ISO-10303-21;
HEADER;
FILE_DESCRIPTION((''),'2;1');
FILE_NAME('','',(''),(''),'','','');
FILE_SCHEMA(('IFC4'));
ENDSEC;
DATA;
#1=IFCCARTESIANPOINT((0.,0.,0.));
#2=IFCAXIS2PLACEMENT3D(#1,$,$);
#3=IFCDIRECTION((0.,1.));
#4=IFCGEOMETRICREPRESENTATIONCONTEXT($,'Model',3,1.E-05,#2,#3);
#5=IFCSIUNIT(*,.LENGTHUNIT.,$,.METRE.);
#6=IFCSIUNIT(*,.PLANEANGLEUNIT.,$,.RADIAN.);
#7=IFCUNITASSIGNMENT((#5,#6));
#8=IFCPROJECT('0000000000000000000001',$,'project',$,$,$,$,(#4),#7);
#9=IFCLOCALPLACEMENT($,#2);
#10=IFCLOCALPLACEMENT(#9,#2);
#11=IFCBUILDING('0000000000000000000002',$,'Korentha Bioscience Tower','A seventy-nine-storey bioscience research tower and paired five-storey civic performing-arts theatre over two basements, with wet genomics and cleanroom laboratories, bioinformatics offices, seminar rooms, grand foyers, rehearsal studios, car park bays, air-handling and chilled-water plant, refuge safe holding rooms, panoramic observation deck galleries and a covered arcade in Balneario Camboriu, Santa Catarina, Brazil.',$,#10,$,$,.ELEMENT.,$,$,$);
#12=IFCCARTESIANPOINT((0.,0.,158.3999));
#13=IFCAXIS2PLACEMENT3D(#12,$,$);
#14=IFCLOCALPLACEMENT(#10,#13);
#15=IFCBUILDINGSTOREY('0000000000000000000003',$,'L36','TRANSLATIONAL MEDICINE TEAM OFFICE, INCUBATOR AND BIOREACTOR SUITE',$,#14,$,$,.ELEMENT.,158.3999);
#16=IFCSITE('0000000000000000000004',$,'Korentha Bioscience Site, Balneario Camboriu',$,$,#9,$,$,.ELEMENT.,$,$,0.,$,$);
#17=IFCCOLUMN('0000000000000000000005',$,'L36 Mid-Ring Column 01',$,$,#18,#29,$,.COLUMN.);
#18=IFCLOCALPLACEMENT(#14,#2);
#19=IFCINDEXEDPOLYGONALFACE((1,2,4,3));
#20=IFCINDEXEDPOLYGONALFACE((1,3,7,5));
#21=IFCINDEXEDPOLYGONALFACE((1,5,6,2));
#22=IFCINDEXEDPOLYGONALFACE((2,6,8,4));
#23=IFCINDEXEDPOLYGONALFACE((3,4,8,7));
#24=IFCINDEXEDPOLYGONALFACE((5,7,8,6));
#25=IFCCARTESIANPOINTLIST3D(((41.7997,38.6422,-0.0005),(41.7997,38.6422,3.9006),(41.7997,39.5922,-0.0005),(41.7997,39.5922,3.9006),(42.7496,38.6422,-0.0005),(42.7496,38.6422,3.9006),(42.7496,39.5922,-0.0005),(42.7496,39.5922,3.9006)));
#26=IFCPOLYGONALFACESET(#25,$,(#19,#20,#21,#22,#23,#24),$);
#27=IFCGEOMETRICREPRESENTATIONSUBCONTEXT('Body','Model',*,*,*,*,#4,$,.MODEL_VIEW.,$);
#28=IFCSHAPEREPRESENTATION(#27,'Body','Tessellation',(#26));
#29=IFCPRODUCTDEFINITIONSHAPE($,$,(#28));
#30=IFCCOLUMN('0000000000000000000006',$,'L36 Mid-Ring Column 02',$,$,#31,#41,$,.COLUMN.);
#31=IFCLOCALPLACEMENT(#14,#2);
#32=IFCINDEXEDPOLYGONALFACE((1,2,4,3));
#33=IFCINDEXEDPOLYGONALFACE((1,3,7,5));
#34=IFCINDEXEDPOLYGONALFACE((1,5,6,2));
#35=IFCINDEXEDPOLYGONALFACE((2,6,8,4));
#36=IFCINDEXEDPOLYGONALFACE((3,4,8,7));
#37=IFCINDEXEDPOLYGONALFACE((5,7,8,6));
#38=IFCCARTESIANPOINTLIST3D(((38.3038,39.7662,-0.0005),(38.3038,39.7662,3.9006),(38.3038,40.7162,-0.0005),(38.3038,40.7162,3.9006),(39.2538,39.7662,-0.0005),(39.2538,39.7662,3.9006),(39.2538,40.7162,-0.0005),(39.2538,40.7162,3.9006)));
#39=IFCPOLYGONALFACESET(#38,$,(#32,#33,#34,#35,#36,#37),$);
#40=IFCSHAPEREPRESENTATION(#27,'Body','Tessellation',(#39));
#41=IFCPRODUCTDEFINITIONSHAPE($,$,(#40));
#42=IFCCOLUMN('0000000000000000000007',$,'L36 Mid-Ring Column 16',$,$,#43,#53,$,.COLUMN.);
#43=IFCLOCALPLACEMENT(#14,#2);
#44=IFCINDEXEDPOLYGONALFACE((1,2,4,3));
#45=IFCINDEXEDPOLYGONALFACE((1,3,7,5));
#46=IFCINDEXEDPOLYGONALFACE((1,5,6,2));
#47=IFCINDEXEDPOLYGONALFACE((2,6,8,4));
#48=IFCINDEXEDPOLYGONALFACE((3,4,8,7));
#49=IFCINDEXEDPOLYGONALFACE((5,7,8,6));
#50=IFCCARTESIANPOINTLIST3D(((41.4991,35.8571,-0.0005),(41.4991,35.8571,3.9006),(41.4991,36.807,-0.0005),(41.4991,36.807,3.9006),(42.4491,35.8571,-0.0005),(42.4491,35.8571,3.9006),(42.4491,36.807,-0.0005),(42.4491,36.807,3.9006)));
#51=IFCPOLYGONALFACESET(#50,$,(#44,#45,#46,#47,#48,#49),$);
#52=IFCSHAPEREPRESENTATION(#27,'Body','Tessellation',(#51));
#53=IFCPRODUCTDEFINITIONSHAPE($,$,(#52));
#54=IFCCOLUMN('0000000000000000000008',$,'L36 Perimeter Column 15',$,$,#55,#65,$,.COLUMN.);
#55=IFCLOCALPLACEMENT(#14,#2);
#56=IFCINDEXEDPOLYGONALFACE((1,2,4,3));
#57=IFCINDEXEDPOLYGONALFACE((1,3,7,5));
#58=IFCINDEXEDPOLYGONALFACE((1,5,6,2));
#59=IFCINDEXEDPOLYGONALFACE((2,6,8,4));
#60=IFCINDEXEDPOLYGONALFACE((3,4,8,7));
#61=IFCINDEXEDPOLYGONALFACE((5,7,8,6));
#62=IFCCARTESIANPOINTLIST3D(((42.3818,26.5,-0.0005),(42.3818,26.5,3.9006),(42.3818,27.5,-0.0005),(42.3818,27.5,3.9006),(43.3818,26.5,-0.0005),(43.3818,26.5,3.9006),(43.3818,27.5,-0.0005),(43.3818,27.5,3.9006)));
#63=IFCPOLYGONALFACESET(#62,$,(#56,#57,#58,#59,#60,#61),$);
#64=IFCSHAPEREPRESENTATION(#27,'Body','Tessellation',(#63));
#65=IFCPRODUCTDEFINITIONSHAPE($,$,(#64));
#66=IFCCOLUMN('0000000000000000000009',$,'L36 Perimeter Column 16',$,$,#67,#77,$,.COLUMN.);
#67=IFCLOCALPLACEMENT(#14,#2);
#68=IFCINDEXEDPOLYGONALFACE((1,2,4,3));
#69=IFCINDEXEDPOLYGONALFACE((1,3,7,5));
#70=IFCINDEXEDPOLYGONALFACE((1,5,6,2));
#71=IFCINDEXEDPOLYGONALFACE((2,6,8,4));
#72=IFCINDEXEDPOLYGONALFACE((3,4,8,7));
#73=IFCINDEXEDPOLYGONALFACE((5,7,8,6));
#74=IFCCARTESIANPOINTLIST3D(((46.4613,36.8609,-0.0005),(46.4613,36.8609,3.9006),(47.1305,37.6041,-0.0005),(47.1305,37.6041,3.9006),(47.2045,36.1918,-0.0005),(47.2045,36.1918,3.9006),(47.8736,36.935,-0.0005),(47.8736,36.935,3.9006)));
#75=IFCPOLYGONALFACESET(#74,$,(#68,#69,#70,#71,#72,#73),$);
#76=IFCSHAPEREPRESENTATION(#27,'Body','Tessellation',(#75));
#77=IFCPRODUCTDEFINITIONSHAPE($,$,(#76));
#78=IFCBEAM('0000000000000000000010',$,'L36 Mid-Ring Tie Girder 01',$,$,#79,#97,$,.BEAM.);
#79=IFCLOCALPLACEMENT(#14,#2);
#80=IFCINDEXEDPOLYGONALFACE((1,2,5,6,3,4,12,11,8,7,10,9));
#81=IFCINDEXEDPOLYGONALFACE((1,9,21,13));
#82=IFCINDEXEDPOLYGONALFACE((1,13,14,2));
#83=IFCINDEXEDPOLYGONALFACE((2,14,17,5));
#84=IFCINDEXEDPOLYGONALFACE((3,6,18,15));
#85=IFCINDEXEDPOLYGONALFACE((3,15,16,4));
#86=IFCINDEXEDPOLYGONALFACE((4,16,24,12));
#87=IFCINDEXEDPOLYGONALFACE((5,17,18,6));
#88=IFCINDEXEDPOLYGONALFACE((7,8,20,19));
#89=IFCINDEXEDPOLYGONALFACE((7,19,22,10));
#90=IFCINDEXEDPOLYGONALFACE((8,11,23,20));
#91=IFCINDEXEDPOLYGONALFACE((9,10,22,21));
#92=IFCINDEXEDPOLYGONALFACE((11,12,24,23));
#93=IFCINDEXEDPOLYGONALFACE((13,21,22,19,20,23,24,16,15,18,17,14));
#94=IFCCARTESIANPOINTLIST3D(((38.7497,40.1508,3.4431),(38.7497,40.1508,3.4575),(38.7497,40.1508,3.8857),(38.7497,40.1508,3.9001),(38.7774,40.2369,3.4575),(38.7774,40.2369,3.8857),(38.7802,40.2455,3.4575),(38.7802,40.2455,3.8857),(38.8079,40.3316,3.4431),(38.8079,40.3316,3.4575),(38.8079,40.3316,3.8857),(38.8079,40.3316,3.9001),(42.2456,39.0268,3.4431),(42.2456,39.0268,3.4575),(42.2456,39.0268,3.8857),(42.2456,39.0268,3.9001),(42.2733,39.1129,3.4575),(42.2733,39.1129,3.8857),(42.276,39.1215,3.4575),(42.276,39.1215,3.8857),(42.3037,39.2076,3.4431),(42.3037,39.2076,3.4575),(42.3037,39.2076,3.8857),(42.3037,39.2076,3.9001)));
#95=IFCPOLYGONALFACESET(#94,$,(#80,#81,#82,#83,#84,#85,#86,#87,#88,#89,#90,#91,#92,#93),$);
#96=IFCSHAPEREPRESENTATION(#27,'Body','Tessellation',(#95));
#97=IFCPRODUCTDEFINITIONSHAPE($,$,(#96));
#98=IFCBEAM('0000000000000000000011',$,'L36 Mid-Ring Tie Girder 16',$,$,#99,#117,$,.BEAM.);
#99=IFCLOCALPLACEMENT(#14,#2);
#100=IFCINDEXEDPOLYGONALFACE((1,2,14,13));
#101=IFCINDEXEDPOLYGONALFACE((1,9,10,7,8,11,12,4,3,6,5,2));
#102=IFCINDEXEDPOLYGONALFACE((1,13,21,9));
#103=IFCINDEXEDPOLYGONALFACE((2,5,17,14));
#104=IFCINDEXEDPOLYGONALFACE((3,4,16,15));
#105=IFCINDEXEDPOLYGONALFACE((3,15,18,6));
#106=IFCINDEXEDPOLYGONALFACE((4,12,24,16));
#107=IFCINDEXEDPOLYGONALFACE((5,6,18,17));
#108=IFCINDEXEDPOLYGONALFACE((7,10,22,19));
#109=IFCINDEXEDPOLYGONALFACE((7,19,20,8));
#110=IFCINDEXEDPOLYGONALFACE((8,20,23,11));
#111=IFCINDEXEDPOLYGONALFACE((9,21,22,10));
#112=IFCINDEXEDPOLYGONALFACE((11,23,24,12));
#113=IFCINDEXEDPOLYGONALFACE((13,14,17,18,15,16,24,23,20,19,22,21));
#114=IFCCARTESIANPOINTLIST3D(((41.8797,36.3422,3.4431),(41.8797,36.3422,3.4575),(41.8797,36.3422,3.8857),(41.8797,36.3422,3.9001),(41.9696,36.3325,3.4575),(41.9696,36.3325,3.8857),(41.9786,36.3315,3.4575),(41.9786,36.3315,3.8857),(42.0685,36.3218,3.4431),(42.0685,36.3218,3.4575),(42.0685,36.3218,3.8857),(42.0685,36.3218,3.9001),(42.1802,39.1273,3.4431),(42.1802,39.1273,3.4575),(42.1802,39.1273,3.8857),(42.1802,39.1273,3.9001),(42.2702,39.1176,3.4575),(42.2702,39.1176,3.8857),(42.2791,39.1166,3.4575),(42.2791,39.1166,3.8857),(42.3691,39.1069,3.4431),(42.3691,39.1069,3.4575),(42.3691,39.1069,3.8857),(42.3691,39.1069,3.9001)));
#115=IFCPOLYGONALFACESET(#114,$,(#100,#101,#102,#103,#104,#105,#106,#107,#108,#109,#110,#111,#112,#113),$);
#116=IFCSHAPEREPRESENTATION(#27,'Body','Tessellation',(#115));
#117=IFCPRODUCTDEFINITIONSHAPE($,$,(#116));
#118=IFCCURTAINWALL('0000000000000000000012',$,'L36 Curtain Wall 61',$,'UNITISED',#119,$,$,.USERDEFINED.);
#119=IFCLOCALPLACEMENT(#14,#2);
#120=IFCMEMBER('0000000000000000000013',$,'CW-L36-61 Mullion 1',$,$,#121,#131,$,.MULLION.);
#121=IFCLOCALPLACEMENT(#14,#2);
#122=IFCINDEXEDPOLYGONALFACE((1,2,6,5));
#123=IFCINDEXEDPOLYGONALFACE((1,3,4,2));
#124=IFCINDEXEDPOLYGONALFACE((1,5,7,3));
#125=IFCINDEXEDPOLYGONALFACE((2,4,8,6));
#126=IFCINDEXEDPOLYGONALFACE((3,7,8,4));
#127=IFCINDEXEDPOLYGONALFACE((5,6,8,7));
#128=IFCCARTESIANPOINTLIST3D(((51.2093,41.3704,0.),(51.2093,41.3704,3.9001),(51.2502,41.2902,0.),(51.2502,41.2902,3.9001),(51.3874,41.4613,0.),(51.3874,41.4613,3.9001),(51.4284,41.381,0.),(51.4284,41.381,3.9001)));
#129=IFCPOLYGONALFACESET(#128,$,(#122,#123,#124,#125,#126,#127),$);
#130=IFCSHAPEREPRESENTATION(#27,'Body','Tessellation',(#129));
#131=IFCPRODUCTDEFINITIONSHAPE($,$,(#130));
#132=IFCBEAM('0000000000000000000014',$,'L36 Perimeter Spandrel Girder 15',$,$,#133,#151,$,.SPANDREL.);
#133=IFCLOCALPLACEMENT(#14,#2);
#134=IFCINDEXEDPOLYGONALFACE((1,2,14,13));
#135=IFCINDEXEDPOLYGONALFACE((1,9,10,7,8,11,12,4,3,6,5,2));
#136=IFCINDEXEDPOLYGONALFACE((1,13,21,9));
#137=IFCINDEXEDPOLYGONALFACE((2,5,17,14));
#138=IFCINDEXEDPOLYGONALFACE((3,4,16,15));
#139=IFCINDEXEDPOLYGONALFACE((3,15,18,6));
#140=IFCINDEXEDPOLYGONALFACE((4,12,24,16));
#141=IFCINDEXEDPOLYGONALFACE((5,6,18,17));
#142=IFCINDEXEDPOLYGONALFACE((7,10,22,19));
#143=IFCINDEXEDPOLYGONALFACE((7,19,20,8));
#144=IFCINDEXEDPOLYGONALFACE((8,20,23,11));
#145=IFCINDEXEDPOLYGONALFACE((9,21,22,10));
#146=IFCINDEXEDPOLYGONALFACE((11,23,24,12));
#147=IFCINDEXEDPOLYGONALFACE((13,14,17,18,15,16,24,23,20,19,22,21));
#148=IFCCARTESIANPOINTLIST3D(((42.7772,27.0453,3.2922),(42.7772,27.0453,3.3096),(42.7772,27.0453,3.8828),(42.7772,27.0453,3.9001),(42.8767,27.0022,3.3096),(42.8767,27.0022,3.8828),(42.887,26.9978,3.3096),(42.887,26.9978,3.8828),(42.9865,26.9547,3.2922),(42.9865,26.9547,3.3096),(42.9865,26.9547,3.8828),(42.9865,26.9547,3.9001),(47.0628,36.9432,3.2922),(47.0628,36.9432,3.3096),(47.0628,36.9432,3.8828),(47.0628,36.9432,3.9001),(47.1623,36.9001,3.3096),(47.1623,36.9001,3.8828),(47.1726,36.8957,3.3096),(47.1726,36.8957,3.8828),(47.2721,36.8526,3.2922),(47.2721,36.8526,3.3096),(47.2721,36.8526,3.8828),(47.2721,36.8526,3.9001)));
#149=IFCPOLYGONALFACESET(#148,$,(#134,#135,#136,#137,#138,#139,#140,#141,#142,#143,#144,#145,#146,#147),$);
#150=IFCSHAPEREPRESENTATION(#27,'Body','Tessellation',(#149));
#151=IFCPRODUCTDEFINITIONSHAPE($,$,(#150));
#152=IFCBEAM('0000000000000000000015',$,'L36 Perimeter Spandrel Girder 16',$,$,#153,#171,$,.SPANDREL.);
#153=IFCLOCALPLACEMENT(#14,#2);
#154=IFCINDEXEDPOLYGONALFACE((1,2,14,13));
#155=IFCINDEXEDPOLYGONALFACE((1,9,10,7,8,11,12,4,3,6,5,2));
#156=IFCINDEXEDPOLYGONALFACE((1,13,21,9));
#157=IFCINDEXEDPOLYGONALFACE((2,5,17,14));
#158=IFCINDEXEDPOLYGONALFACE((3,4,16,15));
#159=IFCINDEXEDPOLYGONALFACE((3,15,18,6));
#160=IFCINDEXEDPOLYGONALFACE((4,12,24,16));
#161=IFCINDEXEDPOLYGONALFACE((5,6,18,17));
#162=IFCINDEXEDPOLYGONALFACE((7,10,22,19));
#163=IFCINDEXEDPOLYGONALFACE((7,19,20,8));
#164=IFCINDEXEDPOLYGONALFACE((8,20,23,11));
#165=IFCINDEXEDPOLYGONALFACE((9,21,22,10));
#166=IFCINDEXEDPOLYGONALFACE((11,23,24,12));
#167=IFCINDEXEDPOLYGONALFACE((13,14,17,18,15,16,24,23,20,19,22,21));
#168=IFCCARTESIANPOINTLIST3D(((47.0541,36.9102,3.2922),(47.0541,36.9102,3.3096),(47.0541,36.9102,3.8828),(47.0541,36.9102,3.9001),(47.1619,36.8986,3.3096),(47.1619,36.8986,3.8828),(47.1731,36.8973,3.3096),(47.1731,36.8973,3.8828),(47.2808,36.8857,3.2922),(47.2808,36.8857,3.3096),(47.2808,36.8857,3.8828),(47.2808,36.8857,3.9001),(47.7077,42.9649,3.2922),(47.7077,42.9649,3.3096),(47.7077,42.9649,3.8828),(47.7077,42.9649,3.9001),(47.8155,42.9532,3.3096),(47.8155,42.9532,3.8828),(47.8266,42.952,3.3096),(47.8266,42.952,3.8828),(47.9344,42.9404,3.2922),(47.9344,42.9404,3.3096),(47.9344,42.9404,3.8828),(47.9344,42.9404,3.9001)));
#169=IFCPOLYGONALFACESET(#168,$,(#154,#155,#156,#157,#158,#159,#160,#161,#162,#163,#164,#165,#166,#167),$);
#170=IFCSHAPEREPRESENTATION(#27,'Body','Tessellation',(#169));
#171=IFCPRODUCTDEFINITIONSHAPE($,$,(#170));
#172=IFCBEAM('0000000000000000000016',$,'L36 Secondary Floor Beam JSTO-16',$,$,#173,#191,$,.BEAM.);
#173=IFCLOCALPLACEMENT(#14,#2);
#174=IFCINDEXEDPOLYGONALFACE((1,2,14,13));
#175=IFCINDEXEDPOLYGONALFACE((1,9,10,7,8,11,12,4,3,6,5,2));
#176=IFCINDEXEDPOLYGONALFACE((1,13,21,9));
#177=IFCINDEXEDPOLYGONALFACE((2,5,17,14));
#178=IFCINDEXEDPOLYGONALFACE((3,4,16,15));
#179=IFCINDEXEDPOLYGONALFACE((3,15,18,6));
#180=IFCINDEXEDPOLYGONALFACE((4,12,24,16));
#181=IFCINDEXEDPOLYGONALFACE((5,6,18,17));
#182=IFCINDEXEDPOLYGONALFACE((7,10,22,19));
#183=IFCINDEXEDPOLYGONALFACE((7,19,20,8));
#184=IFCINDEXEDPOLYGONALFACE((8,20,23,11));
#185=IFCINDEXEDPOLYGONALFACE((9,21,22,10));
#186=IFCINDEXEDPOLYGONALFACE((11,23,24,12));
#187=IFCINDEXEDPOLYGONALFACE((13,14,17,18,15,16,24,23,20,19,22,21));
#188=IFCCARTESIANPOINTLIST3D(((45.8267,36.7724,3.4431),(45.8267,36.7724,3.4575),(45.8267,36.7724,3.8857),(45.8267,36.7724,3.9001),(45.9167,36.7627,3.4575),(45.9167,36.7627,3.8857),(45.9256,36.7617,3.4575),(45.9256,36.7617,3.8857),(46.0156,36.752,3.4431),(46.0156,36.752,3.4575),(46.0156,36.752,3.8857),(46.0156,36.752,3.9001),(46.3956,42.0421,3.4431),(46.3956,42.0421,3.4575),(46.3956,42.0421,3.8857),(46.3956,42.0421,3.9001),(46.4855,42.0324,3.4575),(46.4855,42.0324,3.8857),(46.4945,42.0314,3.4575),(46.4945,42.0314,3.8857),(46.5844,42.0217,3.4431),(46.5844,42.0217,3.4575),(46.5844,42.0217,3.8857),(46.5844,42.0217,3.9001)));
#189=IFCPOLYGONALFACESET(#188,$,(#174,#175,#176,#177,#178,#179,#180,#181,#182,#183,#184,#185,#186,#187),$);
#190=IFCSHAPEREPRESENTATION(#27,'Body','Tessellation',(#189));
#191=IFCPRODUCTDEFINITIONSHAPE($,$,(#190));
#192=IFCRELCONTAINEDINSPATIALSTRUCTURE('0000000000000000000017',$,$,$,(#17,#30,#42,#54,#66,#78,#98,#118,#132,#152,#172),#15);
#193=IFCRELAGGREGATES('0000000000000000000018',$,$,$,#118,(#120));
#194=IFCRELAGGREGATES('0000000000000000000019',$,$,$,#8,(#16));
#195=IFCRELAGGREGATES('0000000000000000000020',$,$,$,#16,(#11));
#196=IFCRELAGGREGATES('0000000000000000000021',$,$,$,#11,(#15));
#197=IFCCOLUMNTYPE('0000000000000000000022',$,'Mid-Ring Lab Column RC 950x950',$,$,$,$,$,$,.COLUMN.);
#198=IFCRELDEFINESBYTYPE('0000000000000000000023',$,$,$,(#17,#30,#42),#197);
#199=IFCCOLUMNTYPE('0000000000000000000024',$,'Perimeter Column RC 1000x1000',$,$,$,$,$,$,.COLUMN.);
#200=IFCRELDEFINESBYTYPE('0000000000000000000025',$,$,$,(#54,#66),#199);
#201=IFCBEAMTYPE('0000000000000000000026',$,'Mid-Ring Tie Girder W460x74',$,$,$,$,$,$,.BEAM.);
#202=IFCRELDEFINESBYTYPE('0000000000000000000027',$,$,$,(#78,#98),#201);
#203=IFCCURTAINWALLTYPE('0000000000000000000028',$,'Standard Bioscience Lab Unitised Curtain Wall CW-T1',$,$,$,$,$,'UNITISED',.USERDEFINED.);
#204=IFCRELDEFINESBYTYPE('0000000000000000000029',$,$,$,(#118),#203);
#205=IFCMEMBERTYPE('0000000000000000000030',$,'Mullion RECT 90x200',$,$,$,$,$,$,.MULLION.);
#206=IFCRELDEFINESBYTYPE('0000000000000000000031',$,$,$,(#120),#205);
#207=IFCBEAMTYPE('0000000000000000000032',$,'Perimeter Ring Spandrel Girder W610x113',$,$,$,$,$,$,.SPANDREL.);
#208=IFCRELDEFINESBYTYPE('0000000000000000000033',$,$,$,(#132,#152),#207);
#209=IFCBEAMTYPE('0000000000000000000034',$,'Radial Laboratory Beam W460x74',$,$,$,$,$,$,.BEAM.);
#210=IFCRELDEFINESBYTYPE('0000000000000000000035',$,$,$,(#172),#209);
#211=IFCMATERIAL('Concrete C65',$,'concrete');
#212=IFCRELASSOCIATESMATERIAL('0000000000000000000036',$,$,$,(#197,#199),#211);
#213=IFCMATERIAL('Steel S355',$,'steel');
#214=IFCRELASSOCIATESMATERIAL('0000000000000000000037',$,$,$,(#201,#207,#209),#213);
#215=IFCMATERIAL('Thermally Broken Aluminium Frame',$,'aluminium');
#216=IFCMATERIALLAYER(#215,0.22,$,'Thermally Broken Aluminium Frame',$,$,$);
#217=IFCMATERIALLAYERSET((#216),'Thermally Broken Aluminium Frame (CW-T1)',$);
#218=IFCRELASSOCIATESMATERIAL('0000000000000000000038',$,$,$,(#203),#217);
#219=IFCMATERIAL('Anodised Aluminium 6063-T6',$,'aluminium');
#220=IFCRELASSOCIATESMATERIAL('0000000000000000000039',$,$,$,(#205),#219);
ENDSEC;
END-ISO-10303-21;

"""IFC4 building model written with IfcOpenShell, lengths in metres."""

from ifc_helpers import new_model, si_unit, direction, frame, origin, origin_2d, place, context, subcontext, project, spatial, rectangle, i_section, extrude, material, layer, layer_set, material_profile, profile_set, type_object, element, aggregate, save


model = new_model("IFC4")

# Units and contexts
model_context = context("Model", 3, precision=1e-05, world=origin(), true_north=direction((0.0, 1.0)))
body_context = subcontext(model_context, "Body", "Model", "MODEL_VIEW")
ifc_project = project(units=[si_unit("LENGTHUNIT", "METRE"), si_unit("PLANEANGLEUNIT", "RADIAN")], contexts=[model_context])

# Site, building, storey
site_placement = place(None, origin())
site = spatial("IfcSite", under=ifc_project, at=site_placement, Name="Korentha Bioscience Site, Balneario Camboriu", CompositionType="ELEMENT", RefElevation=0.0)
building_placement = place(site_placement, origin())
building = spatial("IfcBuilding", under=site, at=building_placement, Name="Korentha Bioscience Tower", Description="A seventy-nine-storey bioscience research tower and paired five-storey civic performing-arts theatre over two basements, with wet genomics and cleanroom laboratories, bioinformatics offices, seminar rooms, grand foyers, rehearsal studios, car park bays, air-handling and chilled-water plant, refuge safe holding rooms, panoramic observation deck galleries and a covered arcade in Balneario Camboriu, Santa Catarina, Brazil.", CompositionType="ELEMENT")
storey_placement = place(building_placement, frame((0.0, 0.0, 158.3999)))
storey = spatial("IfcBuildingStorey", under=building, at=storey_placement, Name="L36", Description="TRANSLATIONAL MEDICINE TEAM OFFICE, INCUBATOR AND BIOREACTOR SUITE", CompositionType="ELEMENT", Elevation=158.3999)

# Columns
ifc_material_1 = material(Name="Concrete C65", Category="concrete")
ifc_material_profile_1 = material_profile(ifc_material_1, rectangle(XDim=0.95, YDim=0.95, at=origin_2d()), Name="Concrete C65")
ifc_profile_set_1 = profile_set([ifc_material_profile_1], Name="Concrete C65 (COL-MR09)")
column_type_1 = type_object("IfcColumnType", Name="Mid-Ring Lab Column RC 950x950", PredefinedType="COLUMN", material=ifc_profile_set_1)
for number, where, z_axis, x_axis, name in (
    (1, (42.2747, 39.1172, -0.0005), (0.0, 0.0, 1.0), (1.0, 0.0, 0.0), "L36 Mid-Ring Column 01"),
    (2, (38.7788, 40.2412, -0.0005), (0.0, 0.0, 1.0), (1.0, 0.0, 0.0), "L36 Mid-Ring Column 02"),
    (3, (41.9741, 36.332, -0.0005), (0.0, 0.0, 1.0), (1.0, 0.0, 0.0), "L36 Mid-Ring Column 16"),
):
    element("IfcColumn", number, at=place(storey_placement, frame(where, z_axis=z_axis, x_axis=x_axis)), inside=storey, type_object=column_type_1, Name=name, PredefinedType="COLUMN", context=body_context, shape_type="SweptSolid", body=[
        extrude(rectangle(XDim=0.95, YDim=0.95, at=origin_2d()), origin(), (0.0, 0.0, 1.0), 3.9011),
    ])
ifc_material_profile_2 = material_profile(ifc_material_1, rectangle(XDim=1.0, YDim=1.0, at=origin_2d()), Name="Concrete C65")
ifc_profile_set_2 = profile_set([ifc_material_profile_2], Name="Concrete C65 (COL-P10)")
column_type_2 = type_object("IfcColumnType", Name="Perimeter Column RC 1000x1000", PredefinedType="COLUMN", material=ifc_profile_set_2)
for number, where, z_axis, x_axis, name in (
    (4, (42.8818, 27.0, -0.0005), (0.0, 0.0, 1.0), (0.0, 1.0, 0.0), "L36 Perimeter Column 15"),
    (5, (47.1675, 36.8979, -0.0005), (0.0, 0.0, 1.0), (0.669131, 0.743145, 0.0), "L36 Perimeter Column 16"),
):
    element("IfcColumn", number, at=place(storey_placement, frame(where, z_axis=z_axis, x_axis=x_axis)), inside=storey, type_object=column_type_2, Name=name, PredefinedType="COLUMN", context=body_context, shape_type="SweptSolid", body=[
        extrude(rectangle(XDim=1.0, YDim=1.0, at=origin_2d()), origin(), (0.0, 0.0, 1.0), 3.9011),
    ])

# Beams
ifc_material_2 = material(Name="Steel S355", Category="steel")
ifc_material_profile_3 = material_profile(ifc_material_2, i_section(OverallWidth=0.1899, OverallDepth=0.457, WebThickness=0.009, FlangeThickness=0.0144, at=origin_2d()), Name="Steel S355")
ifc_profile_set_3 = profile_set([ifc_material_profile_3], Name="Steel S355 (MB-460)")
beam_type_1 = type_object("IfcBeamType", Name="Mid-Ring Tie Girder W460x74", PredefinedType="BEAM", material=ifc_profile_set_3)
beam_1_placement = place(storey_placement, frame((42.2747, 39.1172, 3.6716), z_axis=(-0.952, 0.306097, 0.0), x_axis=(-0.306097, -0.952, 0.0)))
element("IfcBeam", 6, at=beam_1_placement, inside=storey, type_object=beam_type_1, Name="L36 Mid-Ring Tie Girder 01", PredefinedType="BEAM", context=body_context, shape_type="SweptSolid", body=[
    extrude(i_section(OverallWidth=0.1899, OverallDepth=0.457, WebThickness=0.009, FlangeThickness=0.0144, at=origin_2d()), origin(), (0.0, 0.0, 1.0), 3.6721),
])
beam_2_placement = place(storey_placement, frame((41.9741, 36.332, 3.6716), z_axis=(0.107284, 0.994228, 0.0), x_axis=(-0.994228, 0.107284, 0.0)))
element("IfcBeam", 7, at=beam_2_placement, inside=storey, type_object=beam_type_1, Name="L36 Mid-Ring Tie Girder 16", PredefinedType="BEAM", context=body_context, shape_type="SweptSolid", body=[
    extrude(i_section(OverallWidth=0.1899, OverallDepth=0.457, WebThickness=0.009, FlangeThickness=0.0144, at=origin_2d()), origin(), (0.0, 0.0, 1.0), 2.8013),
])

# Curtain wall, member
ifc_material_3 = material(Name="Thermally Broken Aluminium Frame", Category="aluminium")
ifc_layer_1 = layer(ifc_material_3, 0.22, Name="Thermally Broken Aluminium Frame")
ifc_layer_set_1 = layer_set([ifc_layer_1], Name="Thermally Broken Aluminium Frame (CW-T1)")
curtain_wall_type = type_object("IfcCurtainWallType", Name="Standard Bioscience Lab Unitised Curtain Wall CW-T1", ElementType="UNITISED", PredefinedType="USERDEFINED", material=ifc_layer_set_1)
curtain_wall_placement = place(storey_placement, origin())
curtain_wall = element("IfcCurtainWall", 8, at=curtain_wall_placement, inside=storey, type_object=curtain_wall_type, Name="L36 Curtain Wall 61", ObjectType="UNITISED", PredefinedType="USERDEFINED")
ifc_material_4 = material(Name="Anodised Aluminium 6063-T6", Category="aluminium")
ifc_material_profile_4 = material_profile(ifc_material_4, rectangle(XDim=0.0901, YDim=0.2, at=origin_2d()), Name="Anodised Aluminium 6063-T6")
ifc_profile_set_4 = profile_set([ifc_material_profile_4], Name="Anodised Aluminium 6063-T6 (CW-MUL)")
member_type_1 = type_object("IfcMemberType", Name="Mullion RECT 90x200", PredefinedType="MULLION", material=ifc_profile_set_4)
member_1_placement = place(storey_placement, frame((51.3188, 41.3757, 0.0), z_axis=(0.0, 0.0, 1.0), x_axis=(-0.454288, 0.890855, 0.0)))
member_1 = element("IfcMember", 9, at=member_1_placement, type_object=member_type_1, Name="CW-L36-61 Mullion 1", PredefinedType="MULLION", context=body_context, shape_type="SweptSolid", body=[
    extrude(rectangle(XDim=0.0901, YDim=0.2, at=origin_2d()), origin(), (0.0, 0.0, 1.0), 3.9001),
])

# Beams
ifc_material_profile_5 = material_profile(ifc_material_2, i_section(OverallWidth=0.228, OverallDepth=0.6079, WebThickness=0.0112, FlangeThickness=0.0173, at=origin_2d()), Name="Steel S355")
ifc_profile_set_5 = profile_set([ifc_material_profile_5], Name="Steel S355 (SB-610)")
beam_type_2 = type_object("IfcBeamType", Name="Perimeter Ring Spandrel Girder W610x113", PredefinedType="SPANDREL", material=ifc_profile_set_5)
beam_3_placement = place(storey_placement, frame((42.8818, 27.0, 3.5962), z_axis=(0.397337, 0.917673, 0.0), x_axis=(-0.917673, 0.397337, 0.0)))
element("IfcBeam", 10, at=beam_3_placement, inside=storey, type_object=beam_type_2, Name="L36 Perimeter Spandrel Girder 15", PredefinedType="SPANDREL", context=body_context, shape_type="SweptSolid", body=[
    extrude(i_section(OverallWidth=0.228, OverallDepth=0.6079, WebThickness=0.0112, FlangeThickness=0.0173, at=origin_2d()), origin(), (0.0, 0.0, 1.0), 10.7859),
])
beam_4_placement = place(storey_placement, frame((47.1675, 36.8979, 3.5962), z_axis=(0.10732, 0.994225, 0.0), x_axis=(-0.994225, 0.10732, 0.0)))
element("IfcBeam", 11, at=beam_4_placement, inside=storey, type_object=beam_type_2, Name="L36 Perimeter Spandrel Girder 16", PredefinedType="SPANDREL", context=body_context, shape_type="SweptSolid", body=[
    extrude(i_section(OverallWidth=0.228, OverallDepth=0.6079, WebThickness=0.0112, FlangeThickness=0.0173, at=origin_2d()), origin(), (0.0, 0.0, 1.0), 6.0898),
])
ifc_material_profile_6 = material_profile(ifc_material_2, i_section(OverallWidth=0.1899, OverallDepth=0.457, WebThickness=0.009, FlangeThickness=0.0144, at=origin_2d()), Name="Steel S355")
ifc_profile_set_6 = profile_set([ifc_material_profile_6], Name="Steel S355 (RB-460)")
beam_type_3 = type_object("IfcBeamType", Name="Radial Laboratory Beam W460x74", PredefinedType="BEAM", material=ifc_profile_set_6)
beam_5_placement = place(storey_placement, frame((45.9211, 36.7622, 3.6716), z_axis=(0.107322, 0.994224, 0.0), x_axis=(-0.994224, 0.107322, 0.0)))
element("IfcBeam", 12, at=beam_5_placement, inside=storey, type_object=beam_type_3, Name="L36 Secondary Floor Beam JSTO-16", PredefinedType="BEAM", context=body_context, shape_type="SweptSolid", body=[
    extrude(i_section(OverallWidth=0.1899, OverallDepth=0.457, WebThickness=0.009, FlangeThickness=0.0144, at=origin_2d()), origin(), (0.0, 0.0, 1.0), 5.3003),
])

aggregate(curtain_wall, [member_1])

save(model, "model.ifc")
